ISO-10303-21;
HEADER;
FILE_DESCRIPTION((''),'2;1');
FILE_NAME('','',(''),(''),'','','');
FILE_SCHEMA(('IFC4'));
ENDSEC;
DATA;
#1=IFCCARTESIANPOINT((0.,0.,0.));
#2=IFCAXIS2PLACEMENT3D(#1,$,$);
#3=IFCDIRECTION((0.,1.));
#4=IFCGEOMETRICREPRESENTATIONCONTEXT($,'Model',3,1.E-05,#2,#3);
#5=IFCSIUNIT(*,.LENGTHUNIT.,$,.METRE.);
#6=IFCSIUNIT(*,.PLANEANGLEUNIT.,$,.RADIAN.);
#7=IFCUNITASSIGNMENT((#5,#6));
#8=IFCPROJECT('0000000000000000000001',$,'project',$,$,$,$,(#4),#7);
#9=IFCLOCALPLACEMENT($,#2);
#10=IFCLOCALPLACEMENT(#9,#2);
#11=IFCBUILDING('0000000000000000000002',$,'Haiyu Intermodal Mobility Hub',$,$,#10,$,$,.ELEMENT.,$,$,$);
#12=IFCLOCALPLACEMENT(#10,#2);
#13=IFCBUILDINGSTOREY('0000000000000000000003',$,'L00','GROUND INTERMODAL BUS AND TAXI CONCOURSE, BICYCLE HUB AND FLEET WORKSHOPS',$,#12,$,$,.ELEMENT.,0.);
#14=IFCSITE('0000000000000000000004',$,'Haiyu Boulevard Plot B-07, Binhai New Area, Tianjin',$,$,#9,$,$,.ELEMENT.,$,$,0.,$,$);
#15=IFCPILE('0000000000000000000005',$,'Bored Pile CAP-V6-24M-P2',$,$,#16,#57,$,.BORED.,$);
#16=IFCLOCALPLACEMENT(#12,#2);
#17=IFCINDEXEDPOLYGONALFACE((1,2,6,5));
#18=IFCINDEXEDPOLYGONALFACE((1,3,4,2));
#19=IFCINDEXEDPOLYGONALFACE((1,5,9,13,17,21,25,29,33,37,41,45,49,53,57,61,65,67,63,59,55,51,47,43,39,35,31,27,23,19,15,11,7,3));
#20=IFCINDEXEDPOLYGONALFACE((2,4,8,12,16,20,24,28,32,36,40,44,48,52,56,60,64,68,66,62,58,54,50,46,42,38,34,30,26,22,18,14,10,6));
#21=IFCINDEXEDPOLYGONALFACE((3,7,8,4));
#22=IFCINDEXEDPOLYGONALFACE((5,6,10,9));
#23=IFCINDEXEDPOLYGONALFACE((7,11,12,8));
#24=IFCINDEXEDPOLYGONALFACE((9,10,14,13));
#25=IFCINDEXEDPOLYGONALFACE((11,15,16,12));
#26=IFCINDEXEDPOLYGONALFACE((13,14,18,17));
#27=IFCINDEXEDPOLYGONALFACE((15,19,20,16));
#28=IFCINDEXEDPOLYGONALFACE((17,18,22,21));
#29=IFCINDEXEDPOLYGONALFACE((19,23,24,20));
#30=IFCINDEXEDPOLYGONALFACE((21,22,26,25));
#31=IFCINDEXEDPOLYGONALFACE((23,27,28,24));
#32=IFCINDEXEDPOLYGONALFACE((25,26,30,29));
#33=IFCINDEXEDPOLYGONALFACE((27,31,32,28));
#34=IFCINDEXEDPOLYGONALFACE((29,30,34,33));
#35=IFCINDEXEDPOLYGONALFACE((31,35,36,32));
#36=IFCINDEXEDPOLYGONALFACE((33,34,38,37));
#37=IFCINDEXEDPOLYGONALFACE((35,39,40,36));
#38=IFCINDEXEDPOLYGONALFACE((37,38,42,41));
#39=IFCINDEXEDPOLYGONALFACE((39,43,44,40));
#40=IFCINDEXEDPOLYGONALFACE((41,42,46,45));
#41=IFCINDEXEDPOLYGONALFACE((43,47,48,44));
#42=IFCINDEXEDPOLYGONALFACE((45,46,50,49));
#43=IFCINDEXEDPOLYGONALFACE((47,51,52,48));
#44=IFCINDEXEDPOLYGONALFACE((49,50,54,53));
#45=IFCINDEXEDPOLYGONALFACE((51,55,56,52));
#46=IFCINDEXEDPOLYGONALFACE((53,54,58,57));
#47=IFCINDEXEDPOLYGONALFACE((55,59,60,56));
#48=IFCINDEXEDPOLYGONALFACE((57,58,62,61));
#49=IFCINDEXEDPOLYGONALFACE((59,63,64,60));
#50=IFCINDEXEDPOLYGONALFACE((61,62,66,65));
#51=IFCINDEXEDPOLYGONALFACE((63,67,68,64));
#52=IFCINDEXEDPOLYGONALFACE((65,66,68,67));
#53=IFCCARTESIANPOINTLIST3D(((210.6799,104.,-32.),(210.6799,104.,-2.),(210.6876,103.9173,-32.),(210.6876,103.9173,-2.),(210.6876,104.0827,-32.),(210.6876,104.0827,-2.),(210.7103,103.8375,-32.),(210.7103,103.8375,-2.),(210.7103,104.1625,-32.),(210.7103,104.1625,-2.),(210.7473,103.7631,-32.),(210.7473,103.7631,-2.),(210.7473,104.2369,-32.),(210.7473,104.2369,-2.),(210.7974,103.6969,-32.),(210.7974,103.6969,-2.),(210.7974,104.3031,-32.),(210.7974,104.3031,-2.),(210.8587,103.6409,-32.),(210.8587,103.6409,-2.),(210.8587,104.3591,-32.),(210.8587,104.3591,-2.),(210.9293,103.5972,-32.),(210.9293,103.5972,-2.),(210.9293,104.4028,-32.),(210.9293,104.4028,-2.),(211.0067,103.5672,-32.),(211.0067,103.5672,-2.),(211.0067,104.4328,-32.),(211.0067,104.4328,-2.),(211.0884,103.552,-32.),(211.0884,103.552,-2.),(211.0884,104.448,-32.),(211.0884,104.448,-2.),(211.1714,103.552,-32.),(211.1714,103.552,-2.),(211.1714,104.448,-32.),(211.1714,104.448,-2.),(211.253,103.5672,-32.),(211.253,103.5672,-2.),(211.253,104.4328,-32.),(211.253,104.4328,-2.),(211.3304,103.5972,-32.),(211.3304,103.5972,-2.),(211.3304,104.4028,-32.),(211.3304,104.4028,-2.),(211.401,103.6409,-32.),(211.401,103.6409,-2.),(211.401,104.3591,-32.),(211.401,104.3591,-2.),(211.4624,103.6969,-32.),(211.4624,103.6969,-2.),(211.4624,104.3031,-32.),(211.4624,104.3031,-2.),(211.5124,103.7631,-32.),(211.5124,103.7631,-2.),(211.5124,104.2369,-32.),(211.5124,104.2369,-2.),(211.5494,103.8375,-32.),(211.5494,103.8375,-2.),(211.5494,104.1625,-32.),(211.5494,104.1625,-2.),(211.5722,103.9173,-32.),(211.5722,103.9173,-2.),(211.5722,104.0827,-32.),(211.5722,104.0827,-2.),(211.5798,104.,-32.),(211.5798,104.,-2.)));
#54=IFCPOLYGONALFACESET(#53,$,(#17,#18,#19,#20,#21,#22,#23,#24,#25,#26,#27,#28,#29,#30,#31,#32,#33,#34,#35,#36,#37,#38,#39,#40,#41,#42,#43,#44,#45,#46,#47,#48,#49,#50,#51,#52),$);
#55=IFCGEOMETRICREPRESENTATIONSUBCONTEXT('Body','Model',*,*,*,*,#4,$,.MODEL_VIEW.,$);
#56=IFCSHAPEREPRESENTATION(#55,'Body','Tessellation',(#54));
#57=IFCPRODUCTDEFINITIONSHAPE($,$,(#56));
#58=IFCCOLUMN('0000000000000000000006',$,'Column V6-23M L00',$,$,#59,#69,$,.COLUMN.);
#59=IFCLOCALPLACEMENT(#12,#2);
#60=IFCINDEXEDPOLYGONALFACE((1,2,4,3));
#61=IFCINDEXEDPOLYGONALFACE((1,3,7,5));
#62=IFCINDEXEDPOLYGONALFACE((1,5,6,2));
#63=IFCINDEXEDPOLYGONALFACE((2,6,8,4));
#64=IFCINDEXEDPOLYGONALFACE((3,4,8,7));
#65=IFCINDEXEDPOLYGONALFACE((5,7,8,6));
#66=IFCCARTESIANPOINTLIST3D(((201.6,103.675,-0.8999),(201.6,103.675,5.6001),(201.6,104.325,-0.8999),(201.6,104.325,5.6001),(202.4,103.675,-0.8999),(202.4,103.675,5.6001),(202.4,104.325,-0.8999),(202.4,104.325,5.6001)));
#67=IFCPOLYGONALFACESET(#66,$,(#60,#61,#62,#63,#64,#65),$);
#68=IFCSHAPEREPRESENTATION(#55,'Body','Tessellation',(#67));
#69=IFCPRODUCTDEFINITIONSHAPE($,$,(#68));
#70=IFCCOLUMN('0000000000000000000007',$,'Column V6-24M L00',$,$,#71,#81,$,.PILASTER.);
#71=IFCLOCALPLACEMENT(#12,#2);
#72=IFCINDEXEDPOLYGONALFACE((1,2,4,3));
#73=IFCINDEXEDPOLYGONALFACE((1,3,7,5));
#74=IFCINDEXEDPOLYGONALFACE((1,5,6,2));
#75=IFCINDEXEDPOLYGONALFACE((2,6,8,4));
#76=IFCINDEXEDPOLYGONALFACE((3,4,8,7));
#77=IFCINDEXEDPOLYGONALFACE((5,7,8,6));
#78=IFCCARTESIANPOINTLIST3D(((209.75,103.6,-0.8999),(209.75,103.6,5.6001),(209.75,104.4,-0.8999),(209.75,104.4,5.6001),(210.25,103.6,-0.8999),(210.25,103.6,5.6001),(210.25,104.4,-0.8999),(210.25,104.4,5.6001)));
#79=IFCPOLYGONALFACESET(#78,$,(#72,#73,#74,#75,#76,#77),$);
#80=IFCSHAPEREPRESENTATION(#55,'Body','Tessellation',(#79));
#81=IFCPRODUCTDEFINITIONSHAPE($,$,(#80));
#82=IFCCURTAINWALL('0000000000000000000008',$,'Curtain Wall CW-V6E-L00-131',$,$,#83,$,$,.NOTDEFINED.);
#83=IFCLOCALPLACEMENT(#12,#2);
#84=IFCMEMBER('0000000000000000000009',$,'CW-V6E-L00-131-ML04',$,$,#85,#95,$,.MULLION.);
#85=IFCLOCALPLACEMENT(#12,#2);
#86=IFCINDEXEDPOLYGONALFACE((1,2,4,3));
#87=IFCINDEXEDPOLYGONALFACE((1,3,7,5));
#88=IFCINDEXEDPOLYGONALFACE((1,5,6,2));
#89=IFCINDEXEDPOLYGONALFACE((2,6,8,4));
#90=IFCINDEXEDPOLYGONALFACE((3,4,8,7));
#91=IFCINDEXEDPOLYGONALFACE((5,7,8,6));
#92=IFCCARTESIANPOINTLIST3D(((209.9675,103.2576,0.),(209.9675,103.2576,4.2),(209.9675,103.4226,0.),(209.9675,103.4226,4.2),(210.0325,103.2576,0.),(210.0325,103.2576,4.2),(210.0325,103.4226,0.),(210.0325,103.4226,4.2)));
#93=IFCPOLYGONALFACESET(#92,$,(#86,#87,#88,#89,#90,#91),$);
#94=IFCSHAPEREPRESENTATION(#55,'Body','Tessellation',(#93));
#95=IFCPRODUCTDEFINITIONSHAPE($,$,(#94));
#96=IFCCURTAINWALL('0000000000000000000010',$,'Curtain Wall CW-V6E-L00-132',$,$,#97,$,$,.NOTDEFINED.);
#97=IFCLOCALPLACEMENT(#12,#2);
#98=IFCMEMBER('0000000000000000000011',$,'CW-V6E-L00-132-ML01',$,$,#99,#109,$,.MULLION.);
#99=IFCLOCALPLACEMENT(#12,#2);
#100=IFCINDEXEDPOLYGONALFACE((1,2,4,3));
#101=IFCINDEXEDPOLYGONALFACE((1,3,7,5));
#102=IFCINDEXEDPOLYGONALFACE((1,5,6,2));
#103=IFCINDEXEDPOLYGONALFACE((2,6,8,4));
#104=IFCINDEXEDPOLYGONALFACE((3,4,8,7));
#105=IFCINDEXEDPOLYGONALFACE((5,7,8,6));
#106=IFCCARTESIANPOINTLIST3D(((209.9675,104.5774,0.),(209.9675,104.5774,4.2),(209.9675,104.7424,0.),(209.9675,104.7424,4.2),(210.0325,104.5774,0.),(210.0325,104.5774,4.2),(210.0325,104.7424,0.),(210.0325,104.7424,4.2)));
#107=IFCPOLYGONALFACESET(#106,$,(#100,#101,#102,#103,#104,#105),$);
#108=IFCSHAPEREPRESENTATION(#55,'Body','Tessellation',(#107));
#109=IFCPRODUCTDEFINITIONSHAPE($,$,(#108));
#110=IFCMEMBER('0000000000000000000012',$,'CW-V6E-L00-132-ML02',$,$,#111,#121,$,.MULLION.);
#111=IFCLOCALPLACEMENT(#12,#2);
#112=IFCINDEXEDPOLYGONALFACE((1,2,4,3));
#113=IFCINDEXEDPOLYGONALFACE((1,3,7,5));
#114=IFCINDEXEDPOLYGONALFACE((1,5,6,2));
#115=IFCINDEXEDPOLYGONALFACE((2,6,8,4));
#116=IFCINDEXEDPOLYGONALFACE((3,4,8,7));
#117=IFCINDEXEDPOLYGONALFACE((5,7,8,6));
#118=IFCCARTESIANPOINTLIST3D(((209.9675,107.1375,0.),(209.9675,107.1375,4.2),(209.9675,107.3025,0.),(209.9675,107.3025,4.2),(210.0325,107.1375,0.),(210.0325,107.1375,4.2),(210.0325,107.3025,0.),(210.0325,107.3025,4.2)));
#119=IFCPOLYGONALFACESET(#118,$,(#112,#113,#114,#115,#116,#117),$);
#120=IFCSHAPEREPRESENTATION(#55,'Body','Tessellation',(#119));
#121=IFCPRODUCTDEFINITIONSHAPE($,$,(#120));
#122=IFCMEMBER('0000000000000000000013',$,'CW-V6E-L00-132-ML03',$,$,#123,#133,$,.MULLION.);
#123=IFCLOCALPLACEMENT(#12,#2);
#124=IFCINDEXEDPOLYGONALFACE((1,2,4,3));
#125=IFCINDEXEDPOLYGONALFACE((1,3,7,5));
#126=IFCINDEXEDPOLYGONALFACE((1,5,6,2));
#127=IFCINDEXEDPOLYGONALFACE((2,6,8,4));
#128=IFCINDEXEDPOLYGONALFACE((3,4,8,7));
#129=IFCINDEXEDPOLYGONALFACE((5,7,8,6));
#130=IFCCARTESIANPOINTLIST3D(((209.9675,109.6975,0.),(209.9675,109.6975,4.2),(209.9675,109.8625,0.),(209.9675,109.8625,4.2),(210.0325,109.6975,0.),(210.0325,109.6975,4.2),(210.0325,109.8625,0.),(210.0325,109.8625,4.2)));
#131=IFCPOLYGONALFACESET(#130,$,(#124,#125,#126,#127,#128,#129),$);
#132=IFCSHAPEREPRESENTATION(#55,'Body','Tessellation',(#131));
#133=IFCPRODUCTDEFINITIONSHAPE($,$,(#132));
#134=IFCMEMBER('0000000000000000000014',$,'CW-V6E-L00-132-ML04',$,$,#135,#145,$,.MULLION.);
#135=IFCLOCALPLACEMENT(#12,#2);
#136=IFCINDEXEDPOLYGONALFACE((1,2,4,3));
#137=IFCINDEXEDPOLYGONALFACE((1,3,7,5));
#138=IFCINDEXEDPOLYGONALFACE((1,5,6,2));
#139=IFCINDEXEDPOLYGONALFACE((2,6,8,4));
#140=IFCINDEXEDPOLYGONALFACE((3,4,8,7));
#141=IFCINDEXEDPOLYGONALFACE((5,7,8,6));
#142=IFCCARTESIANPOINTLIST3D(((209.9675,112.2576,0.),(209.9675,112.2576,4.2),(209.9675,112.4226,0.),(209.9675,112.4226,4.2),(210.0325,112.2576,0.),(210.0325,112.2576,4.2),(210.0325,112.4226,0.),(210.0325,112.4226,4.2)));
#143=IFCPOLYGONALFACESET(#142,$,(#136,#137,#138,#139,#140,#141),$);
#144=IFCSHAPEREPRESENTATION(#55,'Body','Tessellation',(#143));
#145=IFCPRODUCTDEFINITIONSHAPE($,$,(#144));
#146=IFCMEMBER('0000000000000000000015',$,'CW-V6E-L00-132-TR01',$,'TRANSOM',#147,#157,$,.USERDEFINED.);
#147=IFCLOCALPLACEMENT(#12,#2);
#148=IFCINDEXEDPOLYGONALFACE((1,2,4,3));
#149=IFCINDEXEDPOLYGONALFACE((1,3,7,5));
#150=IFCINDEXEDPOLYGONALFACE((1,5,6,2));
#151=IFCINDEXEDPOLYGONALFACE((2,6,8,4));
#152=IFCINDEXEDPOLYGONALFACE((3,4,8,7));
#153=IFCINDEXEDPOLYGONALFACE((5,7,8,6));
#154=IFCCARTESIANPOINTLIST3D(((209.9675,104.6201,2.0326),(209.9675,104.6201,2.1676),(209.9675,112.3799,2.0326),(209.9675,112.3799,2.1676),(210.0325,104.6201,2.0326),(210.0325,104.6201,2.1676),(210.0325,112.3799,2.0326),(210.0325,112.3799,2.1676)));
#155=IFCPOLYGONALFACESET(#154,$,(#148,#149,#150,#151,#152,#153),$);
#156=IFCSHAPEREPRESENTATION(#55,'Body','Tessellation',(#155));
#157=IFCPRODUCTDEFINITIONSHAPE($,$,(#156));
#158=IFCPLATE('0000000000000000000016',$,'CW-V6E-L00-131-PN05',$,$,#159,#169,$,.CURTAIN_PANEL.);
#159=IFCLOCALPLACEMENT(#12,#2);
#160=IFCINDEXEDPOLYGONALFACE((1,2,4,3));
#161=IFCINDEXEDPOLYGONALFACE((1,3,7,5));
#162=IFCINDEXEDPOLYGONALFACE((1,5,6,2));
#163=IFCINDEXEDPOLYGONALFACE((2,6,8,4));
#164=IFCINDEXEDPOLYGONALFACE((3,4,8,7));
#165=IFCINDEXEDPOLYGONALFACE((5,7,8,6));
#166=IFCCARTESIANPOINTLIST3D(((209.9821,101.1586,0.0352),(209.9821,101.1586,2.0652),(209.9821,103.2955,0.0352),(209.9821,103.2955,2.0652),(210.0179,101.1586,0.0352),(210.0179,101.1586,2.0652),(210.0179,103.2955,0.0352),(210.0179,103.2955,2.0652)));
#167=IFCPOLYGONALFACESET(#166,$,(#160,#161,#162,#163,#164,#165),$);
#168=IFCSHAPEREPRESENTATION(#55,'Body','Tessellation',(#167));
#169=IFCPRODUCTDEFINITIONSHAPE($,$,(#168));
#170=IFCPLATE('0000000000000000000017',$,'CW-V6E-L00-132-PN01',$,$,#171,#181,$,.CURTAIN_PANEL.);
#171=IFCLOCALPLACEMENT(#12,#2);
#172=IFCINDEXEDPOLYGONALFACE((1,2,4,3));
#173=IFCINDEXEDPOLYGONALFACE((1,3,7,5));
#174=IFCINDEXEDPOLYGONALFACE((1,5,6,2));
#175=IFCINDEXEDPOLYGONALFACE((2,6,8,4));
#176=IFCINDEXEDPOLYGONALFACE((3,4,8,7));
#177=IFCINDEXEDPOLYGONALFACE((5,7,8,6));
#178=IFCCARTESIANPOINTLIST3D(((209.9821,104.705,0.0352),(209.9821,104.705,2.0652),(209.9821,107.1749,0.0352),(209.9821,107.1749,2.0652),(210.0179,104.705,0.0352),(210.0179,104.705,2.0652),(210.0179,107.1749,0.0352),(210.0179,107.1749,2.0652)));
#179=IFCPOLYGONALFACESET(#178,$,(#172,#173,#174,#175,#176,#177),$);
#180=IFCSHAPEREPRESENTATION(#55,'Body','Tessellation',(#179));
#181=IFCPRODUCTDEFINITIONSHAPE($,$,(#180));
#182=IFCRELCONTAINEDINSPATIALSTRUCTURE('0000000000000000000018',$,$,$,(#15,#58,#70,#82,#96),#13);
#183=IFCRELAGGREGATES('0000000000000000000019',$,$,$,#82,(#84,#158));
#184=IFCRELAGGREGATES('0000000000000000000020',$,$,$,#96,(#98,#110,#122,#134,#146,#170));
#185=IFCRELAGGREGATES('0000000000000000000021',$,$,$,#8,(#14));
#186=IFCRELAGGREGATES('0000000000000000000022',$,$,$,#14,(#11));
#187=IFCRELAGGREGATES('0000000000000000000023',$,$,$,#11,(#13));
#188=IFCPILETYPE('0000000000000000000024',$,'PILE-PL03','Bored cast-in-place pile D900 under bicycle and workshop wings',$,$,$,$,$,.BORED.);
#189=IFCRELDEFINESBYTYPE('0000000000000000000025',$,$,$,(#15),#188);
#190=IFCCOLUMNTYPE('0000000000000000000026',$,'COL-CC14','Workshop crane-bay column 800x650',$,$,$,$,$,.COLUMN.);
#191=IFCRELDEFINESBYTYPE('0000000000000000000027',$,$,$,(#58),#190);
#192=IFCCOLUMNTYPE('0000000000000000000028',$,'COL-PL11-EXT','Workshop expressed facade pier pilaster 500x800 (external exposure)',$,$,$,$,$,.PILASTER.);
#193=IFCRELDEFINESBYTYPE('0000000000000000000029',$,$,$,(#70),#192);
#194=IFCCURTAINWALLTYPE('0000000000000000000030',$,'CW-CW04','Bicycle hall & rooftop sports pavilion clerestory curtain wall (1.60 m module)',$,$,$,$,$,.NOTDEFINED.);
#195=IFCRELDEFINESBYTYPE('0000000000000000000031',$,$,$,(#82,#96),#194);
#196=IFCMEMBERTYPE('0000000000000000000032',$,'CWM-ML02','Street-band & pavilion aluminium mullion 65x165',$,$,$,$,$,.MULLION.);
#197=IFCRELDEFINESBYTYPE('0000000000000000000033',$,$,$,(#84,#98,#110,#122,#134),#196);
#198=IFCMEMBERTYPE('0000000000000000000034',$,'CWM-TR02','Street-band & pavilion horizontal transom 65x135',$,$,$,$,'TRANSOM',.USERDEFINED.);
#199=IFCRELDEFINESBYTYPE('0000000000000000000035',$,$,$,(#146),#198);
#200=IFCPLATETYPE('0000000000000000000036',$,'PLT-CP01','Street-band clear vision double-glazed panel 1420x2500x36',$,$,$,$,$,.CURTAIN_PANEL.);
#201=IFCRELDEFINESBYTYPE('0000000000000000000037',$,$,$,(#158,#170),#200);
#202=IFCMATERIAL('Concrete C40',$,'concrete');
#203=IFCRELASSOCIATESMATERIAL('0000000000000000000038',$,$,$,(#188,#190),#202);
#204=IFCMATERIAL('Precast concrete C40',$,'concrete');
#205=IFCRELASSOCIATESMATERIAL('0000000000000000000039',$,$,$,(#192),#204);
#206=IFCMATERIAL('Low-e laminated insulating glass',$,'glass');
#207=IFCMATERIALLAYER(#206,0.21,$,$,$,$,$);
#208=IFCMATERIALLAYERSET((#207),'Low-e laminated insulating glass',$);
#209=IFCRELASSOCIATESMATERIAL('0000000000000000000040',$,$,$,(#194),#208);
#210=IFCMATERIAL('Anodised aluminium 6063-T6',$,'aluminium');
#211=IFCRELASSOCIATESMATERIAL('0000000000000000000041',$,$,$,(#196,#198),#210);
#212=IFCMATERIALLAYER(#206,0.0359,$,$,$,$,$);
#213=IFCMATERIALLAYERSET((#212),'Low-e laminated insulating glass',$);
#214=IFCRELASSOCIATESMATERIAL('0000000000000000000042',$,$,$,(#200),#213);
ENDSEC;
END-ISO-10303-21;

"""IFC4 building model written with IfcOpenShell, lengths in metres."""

from ifc_helpers import new_model, si_unit, direction, frame, origin, origin_2d, place, context, subcontext, project, spatial, rectangle, circle, extrude, material, layer, layer_set, material_profile, profile_set, type_object, element, aggregate, save


model = new_model("IFC4")

# Units and contexts
model_context = context("Model", 3, precision=1e-05, world=origin(), true_north=direction((0.0, 1.0)))
body_context = subcontext(model_context, "Body", "Model", "MODEL_VIEW")
ifc_project = project(units=[si_unit("LENGTHUNIT", "METRE"), si_unit("PLANEANGLEUNIT", "RADIAN")], contexts=[model_context])

# Site, building, storey
site_placement = place(None, origin())
site = spatial("IfcSite", under=ifc_project, at=site_placement, Name="Haiyu Boulevard Plot B-07, Binhai New Area, Tianjin", CompositionType="ELEMENT", RefElevation=0.0)
building_placement = place(site_placement, origin())
building = spatial("IfcBuilding", under=site, at=building_placement, Name="Haiyu Intermodal Mobility Hub", CompositionType="ELEMENT")
storey_placement = place(building_placement, origin())
storey = spatial("IfcBuildingStorey", under=building, at=storey_placement, Name="L00", Description="GROUND INTERMODAL BUS AND TAXI CONCOURSE, BICYCLE HUB AND FLEET WORKSHOPS", CompositionType="ELEMENT", Elevation=0.0)

# Shared definitions
ifc_material_1 = material(Name="Concrete C40", Category="concrete")

# Pile
ifc_material_profile_1 = material_profile(ifc_material_1, circle(Radius=0.45, at=origin_2d()), Name="PILE-D900")
ifc_profile_set_1 = profile_set([ifc_material_profile_1], Name="Concrete C40")
pile_type_1 = type_object("IfcPileType", Name="PILE-PL03", Description="Bored cast-in-place pile D900 under bicycle and workshop wings", PredefinedType="BORED", material=ifc_profile_set_1)
for number, where, z_axis, x_axis, name in (
    (1, (211.1299, 104.0, -2.0), (0.0, 0.0, -1.0), (1.0, 0.0, 0.0), "Bored Pile CAP-V6-24M-P2"),
):
    element("IfcPile", number, at=place(storey_placement, frame(where, z_axis=z_axis, x_axis=x_axis)), inside=storey, type_object=pile_type_1, Name=name, PredefinedType="BORED", context=body_context, shape_type="SweptSolid", body=[
        extrude(circle(Radius=0.45, at=origin_2d()), origin(), (0.0, 0.0, 1.0), 30.0),
    ])

# Columns
ifc_material_profile_2 = material_profile(ifc_material_1, rectangle(XDim=0.8, YDim=0.6499, at=origin_2d()), Name="C800x650")
ifc_profile_set_2 = profile_set([ifc_material_profile_2], Name="Concrete C40")
column_type_1 = type_object("IfcColumnType", Name="COL-CC14", Description="Workshop crane-bay column 800x650", PredefinedType="COLUMN", material=ifc_profile_set_2)
column_1_placement = place(storey_placement, frame((202.0, 104.0, -0.8999), z_axis=(0.0, 0.0, 1.0), x_axis=(1.0, 0.0, 0.0)))
element("IfcColumn", 2, at=column_1_placement, inside=storey, type_object=column_type_1, Name="Column V6-23M L00", PredefinedType="COLUMN", context=body_context, shape_type="SweptSolid", body=[
    extrude(rectangle(XDim=0.8, YDim=0.6499, at=origin_2d()), origin(), (0.0, 0.0, 1.0), 6.5),
])
ifc_material_2 = material(Name="Precast concrete C40", Category="concrete")
ifc_material_profile_3 = material_profile(ifc_material_2, rectangle(XDim=0.5, YDim=0.8, at=origin_2d()), Name="RC500x800")
ifc_profile_set_3 = profile_set([ifc_material_profile_3], Name="Precast concrete C40")
column_type_2 = type_object("IfcColumnType", Name="COL-PL11-EXT", Description="Workshop expressed facade pier pilaster 500x800 (external exposure)", PredefinedType="PILASTER", material=ifc_profile_set_3)
column_2_placement = place(storey_placement, frame((210.0, 104.0, -0.8999), z_axis=(0.0, 0.0, 1.0), x_axis=(1.0, 0.0, 0.0)))
element("IfcColumn", 3, at=column_2_placement, inside=storey, type_object=column_type_2, Name="Column V6-24M L00", PredefinedType="PILASTER", context=body_context, shape_type="SweptSolid", body=[
    extrude(rectangle(XDim=0.5, YDim=0.8, at=origin_2d()), origin(), (0.0, 0.0, 1.0), 6.5),
])

# Curtain wall, member
ifc_material_3 = material(Name="Low-e laminated insulating glass", Category="glass")
ifc_layer_1 = layer(ifc_material_3, 0.21)
ifc_layer_set_1 = layer_set([ifc_layer_1], Name="Low-e laminated insulating glass")
curtain_wall_type = type_object("IfcCurtainWallType", Name="CW-CW04", Description="Bicycle hall & rooftop sports pavilion clerestory curtain wall (1.60 m module)", PredefinedType="NOTDEFINED", material=ifc_layer_set_1)
curtain_wall_1_placement = place(storey_placement, origin())
curtain_wall_1 = element("IfcCurtainWall", 4, at=curtain_wall_1_placement, inside=storey, type_object=curtain_wall_type, Name="Curtain Wall CW-V6E-L00-131", PredefinedType="NOTDEFINED")
ifc_material_4 = material(Name="Anodised aluminium 6063-T6", Category="aluminium")
ifc_material_profile_4 = material_profile(ifc_material_4, rectangle(XDim=0.0649, YDim=0.165, at=origin_2d()), Name="ALU65x165")
ifc_profile_set_4 = profile_set([ifc_material_profile_4], Name="Anodised aluminium 6063-T6")
member_type_1 = type_object("IfcMemberType", Name="CWM-ML02", Description="Street-band & pavilion aluminium mullion 65x165", PredefinedType="MULLION", material=ifc_profile_set_4)
member_1_placement = place(storey_placement, frame((210.0, 103.3401, 0.0), z_axis=(0.0, 0.0, 1.0), x_axis=(1.0, 0.0, 0.0)))
member_1 = element("IfcMember", 5, at=member_1_placement, type_object=member_type_1, Name="CW-V6E-L00-131-ML04", PredefinedType="MULLION", context=body_context, shape_type="SweptSolid", body=[
    extrude(rectangle(XDim=0.0649, YDim=0.165, at=origin_2d()), origin(), (0.0, 0.0, 1.0), 4.2),
])

# Curtain wall, members
curtain_wall_2_placement = place(storey_placement, origin())
curtain_wall_2 = element("IfcCurtainWall", 6, at=curtain_wall_2_placement, inside=storey, type_object=curtain_wall_type, Name="Curtain Wall CW-V6E-L00-132", PredefinedType="NOTDEFINED")
member_2_placement = place(storey_placement, frame((210.0, 104.6599, 0.0), z_axis=(0.0, 0.0, 1.0), x_axis=(1.0, 0.0, 0.0)))
member_2 = element("IfcMember", 7, at=member_2_placement, type_object=member_type_1, Name="CW-V6E-L00-132-ML01", PredefinedType="MULLION", context=body_context, shape_type="SweptSolid", body=[
    extrude(rectangle(XDim=0.0649, YDim=0.165, at=origin_2d()), origin(), (0.0, 0.0, 1.0), 4.2),
])
member_3_placement = place(storey_placement, frame((210.0, 107.22, 0.0), z_axis=(0.0, 0.0, 1.0), x_axis=(1.0, 0.0, 0.0)))
member_3 = element("IfcMember", 8, at=member_3_placement, type_object=member_type_1, Name="CW-V6E-L00-132-ML02", PredefinedType="MULLION", context=body_context, shape_type="SweptSolid", body=[
    extrude(rectangle(XDim=0.0649, YDim=0.165, at=origin_2d()), origin(), (0.0, 0.0, 1.0), 4.2),
])
member_4_placement = place(storey_placement, frame((210.0, 109.78, 0.0), z_axis=(0.0, 0.0, 1.0), x_axis=(1.0, 0.0, 0.0)))
member_4 = element("IfcMember", 9, at=member_4_placement, type_object=member_type_1, Name="CW-V6E-L00-132-ML03", PredefinedType="MULLION", context=body_context, shape_type="SweptSolid", body=[
    extrude(rectangle(XDim=0.0649, YDim=0.165, at=origin_2d()), origin(), (0.0, 0.0, 1.0), 4.2),
])
member_5_placement = place(storey_placement, frame((210.0, 112.3401, 0.0), z_axis=(0.0, 0.0, 1.0), x_axis=(1.0, 0.0, 0.0)))
member_5 = element("IfcMember", 10, at=member_5_placement, type_object=member_type_1, Name="CW-V6E-L00-132-ML04", PredefinedType="MULLION", context=body_context, shape_type="SweptSolid", body=[
    extrude(rectangle(XDim=0.0649, YDim=0.165, at=origin_2d()), origin(), (0.0, 0.0, 1.0), 4.2),
])
ifc_material_profile_5 = material_profile(ifc_material_4, rectangle(XDim=0.0649, YDim=0.135, at=origin_2d()), Name="ALU65x135")
ifc_profile_set_5 = profile_set([ifc_material_profile_5], Name="Anodised aluminium 6063-T6")
member_type_2 = type_object("IfcMemberType", Name="CWM-TR02", Description="Street-band & pavilion horizontal transom 65x135", ElementType="TRANSOM", PredefinedType="USERDEFINED", material=ifc_profile_set_5)
member_6_placement = place(storey_placement, frame((210.0, 104.6201, 2.1001), z_axis=(0.0, 1.0, 0.0), x_axis=(-1.0, 0.0, 0.0)))
member_6 = element("IfcMember", 11, at=member_6_placement, type_object=member_type_2, Name="CW-V6E-L00-132-TR01", ObjectType="TRANSOM", PredefinedType="USERDEFINED", context=body_context, shape_type="SweptSolid", body=[
    extrude(rectangle(XDim=0.0649, YDim=0.135, at=origin_2d()), origin(), (0.0, 0.0, 1.0), 7.7598),
])

# Plates
ifc_layer_2 = layer(ifc_material_3, 0.0359)
ifc_layer_set_2 = layer_set([ifc_layer_2], Name="Low-e laminated insulating glass")
plate_type_1 = type_object("IfcPlateType", Name="PLT-CP01", Description="Street-band clear vision double-glazed panel 1420x2500x36", PredefinedType="CURTAIN_PANEL", material=ifc_layer_set_2)
plate_1_placement = place(storey_placement, frame((210.0, 102.2271, 0.0352), z_axis=(0.0, 0.0, 1.0), x_axis=(0.0, 1.0, 0.0)))
plate_1 = element("IfcPlate", 12, at=plate_1_placement, type_object=plate_type_1, Name="CW-V6E-L00-131-PN05", PredefinedType="CURTAIN_PANEL", context=body_context, shape_type="SweptSolid", body=[
    extrude(rectangle(XDim=2.137, YDim=0.0359, at=origin_2d()), origin(), (0.0, 0.0, 1.0), 2.03),
])
plate_2_placement = place(storey_placement, frame((210.0, 105.9399, 0.0352), z_axis=(0.0, 0.0, 1.0), x_axis=(0.0, 1.0, 0.0)))
plate_2 = element("IfcPlate", 13, at=plate_2_placement, type_object=plate_type_1, Name="CW-V6E-L00-132-PN01", PredefinedType="CURTAIN_PANEL", context=body_context, shape_type="SweptSolid", body=[
    extrude(rectangle(XDim=2.47, YDim=0.0359, at=origin_2d()), origin(), (0.0, 0.0, 1.0), 2.03),
])
aggregate(curtain_wall_1, [member_1, plate_1])
aggregate(curtain_wall_2, [member_2, member_3, member_4, member_5, member_6, plate_2])

save(model, "model.ifc")
